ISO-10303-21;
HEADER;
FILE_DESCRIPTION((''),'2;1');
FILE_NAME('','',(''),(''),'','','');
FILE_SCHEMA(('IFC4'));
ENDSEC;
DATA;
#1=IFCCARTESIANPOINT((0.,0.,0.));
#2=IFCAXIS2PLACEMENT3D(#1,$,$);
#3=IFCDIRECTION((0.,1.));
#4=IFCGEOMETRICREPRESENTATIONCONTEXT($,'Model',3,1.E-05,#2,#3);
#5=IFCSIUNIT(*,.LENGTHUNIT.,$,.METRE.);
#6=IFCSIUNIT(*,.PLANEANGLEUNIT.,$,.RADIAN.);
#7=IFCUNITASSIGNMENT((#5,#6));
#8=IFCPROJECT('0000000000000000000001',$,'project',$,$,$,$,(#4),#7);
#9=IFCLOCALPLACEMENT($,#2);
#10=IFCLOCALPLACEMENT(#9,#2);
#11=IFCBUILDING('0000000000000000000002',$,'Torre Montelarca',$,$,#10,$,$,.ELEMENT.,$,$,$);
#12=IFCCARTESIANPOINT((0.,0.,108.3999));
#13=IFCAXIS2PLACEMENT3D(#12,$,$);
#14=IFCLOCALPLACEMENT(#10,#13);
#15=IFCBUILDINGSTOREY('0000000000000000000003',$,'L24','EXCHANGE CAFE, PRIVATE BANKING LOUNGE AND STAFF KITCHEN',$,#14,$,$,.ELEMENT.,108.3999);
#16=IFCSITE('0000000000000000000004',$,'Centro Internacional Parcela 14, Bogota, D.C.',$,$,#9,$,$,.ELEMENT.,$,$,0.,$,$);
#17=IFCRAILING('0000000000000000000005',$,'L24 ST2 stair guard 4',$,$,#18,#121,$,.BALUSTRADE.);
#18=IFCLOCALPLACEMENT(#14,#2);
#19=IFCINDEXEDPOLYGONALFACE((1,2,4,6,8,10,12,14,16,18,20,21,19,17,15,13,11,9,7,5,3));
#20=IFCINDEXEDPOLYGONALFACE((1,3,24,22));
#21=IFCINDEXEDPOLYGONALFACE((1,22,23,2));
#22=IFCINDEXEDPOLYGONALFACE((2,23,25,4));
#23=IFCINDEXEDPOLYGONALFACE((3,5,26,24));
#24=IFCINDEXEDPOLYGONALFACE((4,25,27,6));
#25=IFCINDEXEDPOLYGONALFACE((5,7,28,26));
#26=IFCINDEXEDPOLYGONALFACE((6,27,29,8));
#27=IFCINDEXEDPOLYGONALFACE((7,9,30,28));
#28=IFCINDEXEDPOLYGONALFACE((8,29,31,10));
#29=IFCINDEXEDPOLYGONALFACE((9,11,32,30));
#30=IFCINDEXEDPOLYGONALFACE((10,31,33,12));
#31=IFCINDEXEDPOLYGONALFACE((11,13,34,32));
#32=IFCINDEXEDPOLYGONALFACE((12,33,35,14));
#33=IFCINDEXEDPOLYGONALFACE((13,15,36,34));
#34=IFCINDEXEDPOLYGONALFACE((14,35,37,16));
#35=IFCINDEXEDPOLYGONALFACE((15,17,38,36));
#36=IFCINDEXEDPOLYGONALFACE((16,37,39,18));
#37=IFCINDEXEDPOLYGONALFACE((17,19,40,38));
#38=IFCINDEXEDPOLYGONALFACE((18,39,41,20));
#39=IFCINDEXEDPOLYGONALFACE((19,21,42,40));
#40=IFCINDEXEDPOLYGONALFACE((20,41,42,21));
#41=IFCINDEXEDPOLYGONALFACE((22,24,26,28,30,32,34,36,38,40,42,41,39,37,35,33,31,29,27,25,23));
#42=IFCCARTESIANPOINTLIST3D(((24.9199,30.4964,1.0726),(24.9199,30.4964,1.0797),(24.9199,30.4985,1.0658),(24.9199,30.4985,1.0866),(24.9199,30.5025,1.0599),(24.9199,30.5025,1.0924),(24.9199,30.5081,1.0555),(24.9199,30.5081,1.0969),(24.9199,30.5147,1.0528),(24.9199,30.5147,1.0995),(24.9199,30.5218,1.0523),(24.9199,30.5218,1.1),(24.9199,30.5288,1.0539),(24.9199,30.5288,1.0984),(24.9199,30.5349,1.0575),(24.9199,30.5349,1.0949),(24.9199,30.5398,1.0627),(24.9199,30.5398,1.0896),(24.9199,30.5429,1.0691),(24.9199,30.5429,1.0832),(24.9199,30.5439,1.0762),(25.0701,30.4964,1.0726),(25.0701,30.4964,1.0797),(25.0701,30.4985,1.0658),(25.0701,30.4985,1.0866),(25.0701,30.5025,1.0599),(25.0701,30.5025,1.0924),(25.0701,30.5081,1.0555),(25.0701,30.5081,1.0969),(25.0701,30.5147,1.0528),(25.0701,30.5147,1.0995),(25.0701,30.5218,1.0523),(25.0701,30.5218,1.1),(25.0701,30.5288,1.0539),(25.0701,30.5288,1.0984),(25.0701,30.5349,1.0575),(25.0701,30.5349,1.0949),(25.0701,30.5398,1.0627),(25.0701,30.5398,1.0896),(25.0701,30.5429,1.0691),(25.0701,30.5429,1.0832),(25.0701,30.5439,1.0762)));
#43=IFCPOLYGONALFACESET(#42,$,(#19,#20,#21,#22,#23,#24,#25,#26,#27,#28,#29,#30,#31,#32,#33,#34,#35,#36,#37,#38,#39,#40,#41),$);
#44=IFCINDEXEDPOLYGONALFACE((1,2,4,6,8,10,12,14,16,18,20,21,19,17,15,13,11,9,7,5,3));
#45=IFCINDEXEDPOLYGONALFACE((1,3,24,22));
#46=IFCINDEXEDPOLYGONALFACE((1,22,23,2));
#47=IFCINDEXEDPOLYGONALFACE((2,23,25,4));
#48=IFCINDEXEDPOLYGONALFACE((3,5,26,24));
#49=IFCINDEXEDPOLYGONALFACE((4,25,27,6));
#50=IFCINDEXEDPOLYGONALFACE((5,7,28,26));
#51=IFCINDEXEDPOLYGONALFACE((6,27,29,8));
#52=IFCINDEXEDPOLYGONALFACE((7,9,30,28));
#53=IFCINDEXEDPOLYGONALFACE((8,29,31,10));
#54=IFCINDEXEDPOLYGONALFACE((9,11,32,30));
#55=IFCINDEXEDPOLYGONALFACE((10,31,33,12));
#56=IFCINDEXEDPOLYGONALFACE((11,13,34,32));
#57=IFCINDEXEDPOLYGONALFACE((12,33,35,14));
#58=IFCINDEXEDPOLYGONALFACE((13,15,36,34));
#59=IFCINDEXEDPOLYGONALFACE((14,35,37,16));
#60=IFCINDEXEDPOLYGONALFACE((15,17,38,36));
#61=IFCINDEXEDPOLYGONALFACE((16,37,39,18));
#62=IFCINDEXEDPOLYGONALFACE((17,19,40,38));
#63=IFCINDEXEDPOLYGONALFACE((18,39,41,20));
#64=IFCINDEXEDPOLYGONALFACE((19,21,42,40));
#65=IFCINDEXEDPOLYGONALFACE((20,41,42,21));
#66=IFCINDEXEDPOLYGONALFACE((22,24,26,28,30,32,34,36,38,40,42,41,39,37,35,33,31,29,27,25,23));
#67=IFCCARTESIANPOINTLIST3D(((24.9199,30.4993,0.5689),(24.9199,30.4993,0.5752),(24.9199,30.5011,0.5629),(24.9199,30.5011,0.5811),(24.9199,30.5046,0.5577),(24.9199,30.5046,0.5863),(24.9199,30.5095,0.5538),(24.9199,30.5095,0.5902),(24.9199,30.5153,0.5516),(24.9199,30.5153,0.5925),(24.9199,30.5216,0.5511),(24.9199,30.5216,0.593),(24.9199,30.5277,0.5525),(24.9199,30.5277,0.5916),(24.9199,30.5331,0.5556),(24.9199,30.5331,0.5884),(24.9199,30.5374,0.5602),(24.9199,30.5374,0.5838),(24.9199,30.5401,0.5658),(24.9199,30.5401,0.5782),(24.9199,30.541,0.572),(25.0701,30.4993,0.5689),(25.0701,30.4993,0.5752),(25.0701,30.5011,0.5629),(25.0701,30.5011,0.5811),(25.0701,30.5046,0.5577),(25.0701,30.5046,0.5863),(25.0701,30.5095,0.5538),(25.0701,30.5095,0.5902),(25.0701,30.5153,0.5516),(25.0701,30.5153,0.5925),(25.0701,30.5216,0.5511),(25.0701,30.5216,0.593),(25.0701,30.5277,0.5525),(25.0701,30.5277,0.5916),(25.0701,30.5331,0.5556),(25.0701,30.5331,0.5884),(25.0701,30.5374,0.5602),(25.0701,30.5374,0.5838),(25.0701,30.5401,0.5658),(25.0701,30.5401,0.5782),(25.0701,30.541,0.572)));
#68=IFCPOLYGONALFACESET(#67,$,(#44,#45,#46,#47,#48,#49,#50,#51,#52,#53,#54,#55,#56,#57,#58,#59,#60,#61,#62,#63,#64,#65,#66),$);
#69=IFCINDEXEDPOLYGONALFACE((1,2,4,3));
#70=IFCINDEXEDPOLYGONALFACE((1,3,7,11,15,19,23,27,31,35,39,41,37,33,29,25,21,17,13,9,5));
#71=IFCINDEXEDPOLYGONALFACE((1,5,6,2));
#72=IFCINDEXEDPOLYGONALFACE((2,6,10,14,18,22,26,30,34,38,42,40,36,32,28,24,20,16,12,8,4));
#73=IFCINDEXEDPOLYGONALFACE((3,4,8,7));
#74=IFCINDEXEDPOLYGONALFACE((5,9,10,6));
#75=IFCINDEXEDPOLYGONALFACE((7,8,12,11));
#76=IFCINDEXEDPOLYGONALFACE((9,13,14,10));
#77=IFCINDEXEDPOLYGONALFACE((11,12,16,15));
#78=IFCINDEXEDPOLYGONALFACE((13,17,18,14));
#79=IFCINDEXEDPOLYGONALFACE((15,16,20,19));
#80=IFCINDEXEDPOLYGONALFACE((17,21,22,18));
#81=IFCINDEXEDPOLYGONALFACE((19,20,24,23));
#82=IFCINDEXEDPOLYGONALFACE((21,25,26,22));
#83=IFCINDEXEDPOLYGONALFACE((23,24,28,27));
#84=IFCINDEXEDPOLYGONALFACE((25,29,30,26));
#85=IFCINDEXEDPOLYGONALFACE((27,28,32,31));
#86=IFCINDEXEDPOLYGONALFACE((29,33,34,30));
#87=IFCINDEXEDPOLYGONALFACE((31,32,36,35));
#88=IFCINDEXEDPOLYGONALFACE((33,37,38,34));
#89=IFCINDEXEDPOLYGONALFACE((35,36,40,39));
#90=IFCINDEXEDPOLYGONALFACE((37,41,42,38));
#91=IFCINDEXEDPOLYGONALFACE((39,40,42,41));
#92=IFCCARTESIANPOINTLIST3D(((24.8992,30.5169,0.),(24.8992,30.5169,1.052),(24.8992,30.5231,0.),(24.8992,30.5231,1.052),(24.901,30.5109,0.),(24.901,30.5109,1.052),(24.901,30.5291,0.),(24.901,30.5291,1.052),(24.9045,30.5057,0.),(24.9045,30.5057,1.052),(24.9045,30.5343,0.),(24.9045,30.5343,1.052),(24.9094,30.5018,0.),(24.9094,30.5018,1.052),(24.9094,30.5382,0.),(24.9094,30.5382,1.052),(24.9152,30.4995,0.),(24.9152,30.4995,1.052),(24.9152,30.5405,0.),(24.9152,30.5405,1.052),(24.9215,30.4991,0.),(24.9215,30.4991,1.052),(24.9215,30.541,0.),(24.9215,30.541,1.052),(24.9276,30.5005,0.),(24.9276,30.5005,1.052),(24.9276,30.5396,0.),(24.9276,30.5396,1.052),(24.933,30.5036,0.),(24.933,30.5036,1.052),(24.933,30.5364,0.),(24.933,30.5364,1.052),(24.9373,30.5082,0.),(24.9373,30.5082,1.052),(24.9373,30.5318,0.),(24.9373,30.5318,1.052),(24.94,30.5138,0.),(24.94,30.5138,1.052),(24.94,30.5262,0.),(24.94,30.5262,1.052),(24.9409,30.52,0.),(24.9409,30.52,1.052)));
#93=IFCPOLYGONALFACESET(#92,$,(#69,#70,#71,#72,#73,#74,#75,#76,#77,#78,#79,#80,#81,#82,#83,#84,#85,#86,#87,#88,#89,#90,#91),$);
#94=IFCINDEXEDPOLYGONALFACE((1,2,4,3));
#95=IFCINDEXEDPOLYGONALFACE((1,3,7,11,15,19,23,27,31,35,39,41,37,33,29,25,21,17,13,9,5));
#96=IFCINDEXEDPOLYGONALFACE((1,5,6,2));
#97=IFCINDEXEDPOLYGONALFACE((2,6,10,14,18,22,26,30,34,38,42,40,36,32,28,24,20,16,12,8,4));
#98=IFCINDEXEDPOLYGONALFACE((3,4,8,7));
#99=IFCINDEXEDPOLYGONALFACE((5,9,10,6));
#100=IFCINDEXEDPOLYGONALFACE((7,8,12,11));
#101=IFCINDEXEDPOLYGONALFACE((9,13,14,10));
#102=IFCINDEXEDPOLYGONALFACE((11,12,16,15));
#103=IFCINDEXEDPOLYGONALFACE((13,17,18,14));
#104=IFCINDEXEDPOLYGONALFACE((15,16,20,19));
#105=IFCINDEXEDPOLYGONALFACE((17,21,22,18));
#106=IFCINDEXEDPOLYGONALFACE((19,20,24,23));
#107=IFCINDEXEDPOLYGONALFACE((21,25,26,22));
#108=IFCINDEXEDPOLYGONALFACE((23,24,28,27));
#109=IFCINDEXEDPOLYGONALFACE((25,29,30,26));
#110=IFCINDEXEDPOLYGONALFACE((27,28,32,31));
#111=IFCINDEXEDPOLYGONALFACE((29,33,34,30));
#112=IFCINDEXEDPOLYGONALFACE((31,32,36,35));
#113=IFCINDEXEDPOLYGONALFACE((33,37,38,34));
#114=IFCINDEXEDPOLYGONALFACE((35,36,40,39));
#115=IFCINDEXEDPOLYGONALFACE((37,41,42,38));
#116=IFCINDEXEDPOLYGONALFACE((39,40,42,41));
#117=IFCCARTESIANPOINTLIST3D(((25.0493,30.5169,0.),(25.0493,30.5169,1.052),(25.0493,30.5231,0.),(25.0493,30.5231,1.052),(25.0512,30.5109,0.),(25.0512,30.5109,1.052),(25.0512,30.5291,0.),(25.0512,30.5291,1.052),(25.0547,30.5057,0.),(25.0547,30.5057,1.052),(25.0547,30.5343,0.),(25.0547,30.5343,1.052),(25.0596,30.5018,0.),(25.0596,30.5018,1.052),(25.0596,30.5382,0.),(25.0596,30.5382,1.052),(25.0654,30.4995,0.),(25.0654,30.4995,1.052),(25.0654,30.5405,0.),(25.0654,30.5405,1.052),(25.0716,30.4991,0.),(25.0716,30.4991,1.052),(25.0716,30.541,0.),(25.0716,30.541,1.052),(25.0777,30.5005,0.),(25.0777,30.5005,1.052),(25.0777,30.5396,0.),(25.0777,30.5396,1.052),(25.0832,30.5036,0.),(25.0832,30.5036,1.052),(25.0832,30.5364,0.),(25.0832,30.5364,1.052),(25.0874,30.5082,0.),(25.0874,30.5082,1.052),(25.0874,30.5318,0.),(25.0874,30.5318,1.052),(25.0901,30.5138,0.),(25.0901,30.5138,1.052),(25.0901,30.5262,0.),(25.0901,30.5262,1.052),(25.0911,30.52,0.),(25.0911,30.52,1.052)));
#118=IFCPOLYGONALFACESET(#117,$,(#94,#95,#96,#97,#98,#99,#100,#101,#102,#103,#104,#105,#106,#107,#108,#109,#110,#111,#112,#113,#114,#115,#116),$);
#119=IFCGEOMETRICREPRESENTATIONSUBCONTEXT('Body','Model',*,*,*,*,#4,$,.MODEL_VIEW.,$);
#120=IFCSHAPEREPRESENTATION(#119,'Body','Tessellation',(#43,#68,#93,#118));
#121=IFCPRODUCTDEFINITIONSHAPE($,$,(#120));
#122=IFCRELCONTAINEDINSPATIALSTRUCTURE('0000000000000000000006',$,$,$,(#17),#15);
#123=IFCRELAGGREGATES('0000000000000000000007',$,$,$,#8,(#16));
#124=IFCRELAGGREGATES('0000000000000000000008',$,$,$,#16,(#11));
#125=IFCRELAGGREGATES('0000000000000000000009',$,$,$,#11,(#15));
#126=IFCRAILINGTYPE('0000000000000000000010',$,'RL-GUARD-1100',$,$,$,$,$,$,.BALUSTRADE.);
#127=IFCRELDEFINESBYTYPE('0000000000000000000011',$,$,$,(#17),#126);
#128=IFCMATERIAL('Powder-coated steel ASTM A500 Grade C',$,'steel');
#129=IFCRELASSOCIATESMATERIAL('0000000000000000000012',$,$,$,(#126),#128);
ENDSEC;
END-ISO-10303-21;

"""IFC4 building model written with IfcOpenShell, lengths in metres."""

from ifc_helpers import new_model, si_unit, direction, frame, origin, origin_2d, place, context, subcontext, project, spatial, circle, extrude, material, type_object, element, save


model = new_model("IFC4")

# Units and contexts
model_context = context("Model", 3, precision=1e-05, world=origin(), true_north=direction((0.0, 1.0)))
body_context = subcontext(model_context, "Body", "Model", "MODEL_VIEW")
ifc_project = project(units=[si_unit("LENGTHUNIT", "METRE"), si_unit("PLANEANGLEUNIT", "RADIAN")], contexts=[model_context])

# Site, building, storey
site_placement = place(None, origin())
site = spatial("IfcSite", under=ifc_project, at=site_placement, Name="Centro Internacional Parcela 14, Bogota, D.C.", CompositionType="ELEMENT", RefElevation=0.0)
building_placement = place(site_placement, origin())
building = spatial("IfcBuilding", under=site, at=building_placement, Name="Torre Montelarca", CompositionType="ELEMENT")
storey_placement = place(building_placement, frame((0.0, 0.0, 108.3999)))
storey = spatial("IfcBuildingStorey", under=building, at=storey_placement, Name="L24", Description="EXCHANGE CAFE, PRIVATE BANKING LOUNGE AND STAFF KITCHEN", CompositionType="ELEMENT", Elevation=108.3999)

# Railing
ifc_material_1 = material(Name="Powder-coated steel ASTM A500 Grade C", Category="steel")
railing_type_1 = type_object("IfcRailingType", Name="RL-GUARD-1100", PredefinedType="BALUSTRADE", material=ifc_material_1)
railing_1_placement = place(storey_placement, frame((24.9199, 30.52, 0.0)))
element("IfcRailing", 1, at=railing_1_placement, inside=storey, type_object=railing_type_1, Name="L24 ST2 stair guard 4", PredefinedType="BALUSTRADE", context=body_context, shape_type="SweptSolid", body=[
    extrude(circle(Radius=0.0239, at=origin_2d()), frame((0.0, 0.0, 1.0762), z_axis=(1.0, 0.0, 0.0), x_axis=(0.0, 1.0, 0.0)), (0.0, 0.0, 1.0), 0.1501),
    extrude(circle(Radius=0.021, at=origin_2d()), frame((0.0, 0.0, 0.572), z_axis=(1.0, 0.0, 0.0), x_axis=(0.0, 1.0, 0.0)), (0.0, 0.0, 1.0), 0.1501),
    extrude(circle(Radius=0.021, at=origin_2d()), origin(), (0.0, 0.0, 1.0), 1.052),
    extrude(circle(Radius=0.021, at=origin_2d()), frame((0.1501, 0.0, 0.0)), (0.0, 0.0, 1.0), 1.052),
])

save(model, "model.ifc")
